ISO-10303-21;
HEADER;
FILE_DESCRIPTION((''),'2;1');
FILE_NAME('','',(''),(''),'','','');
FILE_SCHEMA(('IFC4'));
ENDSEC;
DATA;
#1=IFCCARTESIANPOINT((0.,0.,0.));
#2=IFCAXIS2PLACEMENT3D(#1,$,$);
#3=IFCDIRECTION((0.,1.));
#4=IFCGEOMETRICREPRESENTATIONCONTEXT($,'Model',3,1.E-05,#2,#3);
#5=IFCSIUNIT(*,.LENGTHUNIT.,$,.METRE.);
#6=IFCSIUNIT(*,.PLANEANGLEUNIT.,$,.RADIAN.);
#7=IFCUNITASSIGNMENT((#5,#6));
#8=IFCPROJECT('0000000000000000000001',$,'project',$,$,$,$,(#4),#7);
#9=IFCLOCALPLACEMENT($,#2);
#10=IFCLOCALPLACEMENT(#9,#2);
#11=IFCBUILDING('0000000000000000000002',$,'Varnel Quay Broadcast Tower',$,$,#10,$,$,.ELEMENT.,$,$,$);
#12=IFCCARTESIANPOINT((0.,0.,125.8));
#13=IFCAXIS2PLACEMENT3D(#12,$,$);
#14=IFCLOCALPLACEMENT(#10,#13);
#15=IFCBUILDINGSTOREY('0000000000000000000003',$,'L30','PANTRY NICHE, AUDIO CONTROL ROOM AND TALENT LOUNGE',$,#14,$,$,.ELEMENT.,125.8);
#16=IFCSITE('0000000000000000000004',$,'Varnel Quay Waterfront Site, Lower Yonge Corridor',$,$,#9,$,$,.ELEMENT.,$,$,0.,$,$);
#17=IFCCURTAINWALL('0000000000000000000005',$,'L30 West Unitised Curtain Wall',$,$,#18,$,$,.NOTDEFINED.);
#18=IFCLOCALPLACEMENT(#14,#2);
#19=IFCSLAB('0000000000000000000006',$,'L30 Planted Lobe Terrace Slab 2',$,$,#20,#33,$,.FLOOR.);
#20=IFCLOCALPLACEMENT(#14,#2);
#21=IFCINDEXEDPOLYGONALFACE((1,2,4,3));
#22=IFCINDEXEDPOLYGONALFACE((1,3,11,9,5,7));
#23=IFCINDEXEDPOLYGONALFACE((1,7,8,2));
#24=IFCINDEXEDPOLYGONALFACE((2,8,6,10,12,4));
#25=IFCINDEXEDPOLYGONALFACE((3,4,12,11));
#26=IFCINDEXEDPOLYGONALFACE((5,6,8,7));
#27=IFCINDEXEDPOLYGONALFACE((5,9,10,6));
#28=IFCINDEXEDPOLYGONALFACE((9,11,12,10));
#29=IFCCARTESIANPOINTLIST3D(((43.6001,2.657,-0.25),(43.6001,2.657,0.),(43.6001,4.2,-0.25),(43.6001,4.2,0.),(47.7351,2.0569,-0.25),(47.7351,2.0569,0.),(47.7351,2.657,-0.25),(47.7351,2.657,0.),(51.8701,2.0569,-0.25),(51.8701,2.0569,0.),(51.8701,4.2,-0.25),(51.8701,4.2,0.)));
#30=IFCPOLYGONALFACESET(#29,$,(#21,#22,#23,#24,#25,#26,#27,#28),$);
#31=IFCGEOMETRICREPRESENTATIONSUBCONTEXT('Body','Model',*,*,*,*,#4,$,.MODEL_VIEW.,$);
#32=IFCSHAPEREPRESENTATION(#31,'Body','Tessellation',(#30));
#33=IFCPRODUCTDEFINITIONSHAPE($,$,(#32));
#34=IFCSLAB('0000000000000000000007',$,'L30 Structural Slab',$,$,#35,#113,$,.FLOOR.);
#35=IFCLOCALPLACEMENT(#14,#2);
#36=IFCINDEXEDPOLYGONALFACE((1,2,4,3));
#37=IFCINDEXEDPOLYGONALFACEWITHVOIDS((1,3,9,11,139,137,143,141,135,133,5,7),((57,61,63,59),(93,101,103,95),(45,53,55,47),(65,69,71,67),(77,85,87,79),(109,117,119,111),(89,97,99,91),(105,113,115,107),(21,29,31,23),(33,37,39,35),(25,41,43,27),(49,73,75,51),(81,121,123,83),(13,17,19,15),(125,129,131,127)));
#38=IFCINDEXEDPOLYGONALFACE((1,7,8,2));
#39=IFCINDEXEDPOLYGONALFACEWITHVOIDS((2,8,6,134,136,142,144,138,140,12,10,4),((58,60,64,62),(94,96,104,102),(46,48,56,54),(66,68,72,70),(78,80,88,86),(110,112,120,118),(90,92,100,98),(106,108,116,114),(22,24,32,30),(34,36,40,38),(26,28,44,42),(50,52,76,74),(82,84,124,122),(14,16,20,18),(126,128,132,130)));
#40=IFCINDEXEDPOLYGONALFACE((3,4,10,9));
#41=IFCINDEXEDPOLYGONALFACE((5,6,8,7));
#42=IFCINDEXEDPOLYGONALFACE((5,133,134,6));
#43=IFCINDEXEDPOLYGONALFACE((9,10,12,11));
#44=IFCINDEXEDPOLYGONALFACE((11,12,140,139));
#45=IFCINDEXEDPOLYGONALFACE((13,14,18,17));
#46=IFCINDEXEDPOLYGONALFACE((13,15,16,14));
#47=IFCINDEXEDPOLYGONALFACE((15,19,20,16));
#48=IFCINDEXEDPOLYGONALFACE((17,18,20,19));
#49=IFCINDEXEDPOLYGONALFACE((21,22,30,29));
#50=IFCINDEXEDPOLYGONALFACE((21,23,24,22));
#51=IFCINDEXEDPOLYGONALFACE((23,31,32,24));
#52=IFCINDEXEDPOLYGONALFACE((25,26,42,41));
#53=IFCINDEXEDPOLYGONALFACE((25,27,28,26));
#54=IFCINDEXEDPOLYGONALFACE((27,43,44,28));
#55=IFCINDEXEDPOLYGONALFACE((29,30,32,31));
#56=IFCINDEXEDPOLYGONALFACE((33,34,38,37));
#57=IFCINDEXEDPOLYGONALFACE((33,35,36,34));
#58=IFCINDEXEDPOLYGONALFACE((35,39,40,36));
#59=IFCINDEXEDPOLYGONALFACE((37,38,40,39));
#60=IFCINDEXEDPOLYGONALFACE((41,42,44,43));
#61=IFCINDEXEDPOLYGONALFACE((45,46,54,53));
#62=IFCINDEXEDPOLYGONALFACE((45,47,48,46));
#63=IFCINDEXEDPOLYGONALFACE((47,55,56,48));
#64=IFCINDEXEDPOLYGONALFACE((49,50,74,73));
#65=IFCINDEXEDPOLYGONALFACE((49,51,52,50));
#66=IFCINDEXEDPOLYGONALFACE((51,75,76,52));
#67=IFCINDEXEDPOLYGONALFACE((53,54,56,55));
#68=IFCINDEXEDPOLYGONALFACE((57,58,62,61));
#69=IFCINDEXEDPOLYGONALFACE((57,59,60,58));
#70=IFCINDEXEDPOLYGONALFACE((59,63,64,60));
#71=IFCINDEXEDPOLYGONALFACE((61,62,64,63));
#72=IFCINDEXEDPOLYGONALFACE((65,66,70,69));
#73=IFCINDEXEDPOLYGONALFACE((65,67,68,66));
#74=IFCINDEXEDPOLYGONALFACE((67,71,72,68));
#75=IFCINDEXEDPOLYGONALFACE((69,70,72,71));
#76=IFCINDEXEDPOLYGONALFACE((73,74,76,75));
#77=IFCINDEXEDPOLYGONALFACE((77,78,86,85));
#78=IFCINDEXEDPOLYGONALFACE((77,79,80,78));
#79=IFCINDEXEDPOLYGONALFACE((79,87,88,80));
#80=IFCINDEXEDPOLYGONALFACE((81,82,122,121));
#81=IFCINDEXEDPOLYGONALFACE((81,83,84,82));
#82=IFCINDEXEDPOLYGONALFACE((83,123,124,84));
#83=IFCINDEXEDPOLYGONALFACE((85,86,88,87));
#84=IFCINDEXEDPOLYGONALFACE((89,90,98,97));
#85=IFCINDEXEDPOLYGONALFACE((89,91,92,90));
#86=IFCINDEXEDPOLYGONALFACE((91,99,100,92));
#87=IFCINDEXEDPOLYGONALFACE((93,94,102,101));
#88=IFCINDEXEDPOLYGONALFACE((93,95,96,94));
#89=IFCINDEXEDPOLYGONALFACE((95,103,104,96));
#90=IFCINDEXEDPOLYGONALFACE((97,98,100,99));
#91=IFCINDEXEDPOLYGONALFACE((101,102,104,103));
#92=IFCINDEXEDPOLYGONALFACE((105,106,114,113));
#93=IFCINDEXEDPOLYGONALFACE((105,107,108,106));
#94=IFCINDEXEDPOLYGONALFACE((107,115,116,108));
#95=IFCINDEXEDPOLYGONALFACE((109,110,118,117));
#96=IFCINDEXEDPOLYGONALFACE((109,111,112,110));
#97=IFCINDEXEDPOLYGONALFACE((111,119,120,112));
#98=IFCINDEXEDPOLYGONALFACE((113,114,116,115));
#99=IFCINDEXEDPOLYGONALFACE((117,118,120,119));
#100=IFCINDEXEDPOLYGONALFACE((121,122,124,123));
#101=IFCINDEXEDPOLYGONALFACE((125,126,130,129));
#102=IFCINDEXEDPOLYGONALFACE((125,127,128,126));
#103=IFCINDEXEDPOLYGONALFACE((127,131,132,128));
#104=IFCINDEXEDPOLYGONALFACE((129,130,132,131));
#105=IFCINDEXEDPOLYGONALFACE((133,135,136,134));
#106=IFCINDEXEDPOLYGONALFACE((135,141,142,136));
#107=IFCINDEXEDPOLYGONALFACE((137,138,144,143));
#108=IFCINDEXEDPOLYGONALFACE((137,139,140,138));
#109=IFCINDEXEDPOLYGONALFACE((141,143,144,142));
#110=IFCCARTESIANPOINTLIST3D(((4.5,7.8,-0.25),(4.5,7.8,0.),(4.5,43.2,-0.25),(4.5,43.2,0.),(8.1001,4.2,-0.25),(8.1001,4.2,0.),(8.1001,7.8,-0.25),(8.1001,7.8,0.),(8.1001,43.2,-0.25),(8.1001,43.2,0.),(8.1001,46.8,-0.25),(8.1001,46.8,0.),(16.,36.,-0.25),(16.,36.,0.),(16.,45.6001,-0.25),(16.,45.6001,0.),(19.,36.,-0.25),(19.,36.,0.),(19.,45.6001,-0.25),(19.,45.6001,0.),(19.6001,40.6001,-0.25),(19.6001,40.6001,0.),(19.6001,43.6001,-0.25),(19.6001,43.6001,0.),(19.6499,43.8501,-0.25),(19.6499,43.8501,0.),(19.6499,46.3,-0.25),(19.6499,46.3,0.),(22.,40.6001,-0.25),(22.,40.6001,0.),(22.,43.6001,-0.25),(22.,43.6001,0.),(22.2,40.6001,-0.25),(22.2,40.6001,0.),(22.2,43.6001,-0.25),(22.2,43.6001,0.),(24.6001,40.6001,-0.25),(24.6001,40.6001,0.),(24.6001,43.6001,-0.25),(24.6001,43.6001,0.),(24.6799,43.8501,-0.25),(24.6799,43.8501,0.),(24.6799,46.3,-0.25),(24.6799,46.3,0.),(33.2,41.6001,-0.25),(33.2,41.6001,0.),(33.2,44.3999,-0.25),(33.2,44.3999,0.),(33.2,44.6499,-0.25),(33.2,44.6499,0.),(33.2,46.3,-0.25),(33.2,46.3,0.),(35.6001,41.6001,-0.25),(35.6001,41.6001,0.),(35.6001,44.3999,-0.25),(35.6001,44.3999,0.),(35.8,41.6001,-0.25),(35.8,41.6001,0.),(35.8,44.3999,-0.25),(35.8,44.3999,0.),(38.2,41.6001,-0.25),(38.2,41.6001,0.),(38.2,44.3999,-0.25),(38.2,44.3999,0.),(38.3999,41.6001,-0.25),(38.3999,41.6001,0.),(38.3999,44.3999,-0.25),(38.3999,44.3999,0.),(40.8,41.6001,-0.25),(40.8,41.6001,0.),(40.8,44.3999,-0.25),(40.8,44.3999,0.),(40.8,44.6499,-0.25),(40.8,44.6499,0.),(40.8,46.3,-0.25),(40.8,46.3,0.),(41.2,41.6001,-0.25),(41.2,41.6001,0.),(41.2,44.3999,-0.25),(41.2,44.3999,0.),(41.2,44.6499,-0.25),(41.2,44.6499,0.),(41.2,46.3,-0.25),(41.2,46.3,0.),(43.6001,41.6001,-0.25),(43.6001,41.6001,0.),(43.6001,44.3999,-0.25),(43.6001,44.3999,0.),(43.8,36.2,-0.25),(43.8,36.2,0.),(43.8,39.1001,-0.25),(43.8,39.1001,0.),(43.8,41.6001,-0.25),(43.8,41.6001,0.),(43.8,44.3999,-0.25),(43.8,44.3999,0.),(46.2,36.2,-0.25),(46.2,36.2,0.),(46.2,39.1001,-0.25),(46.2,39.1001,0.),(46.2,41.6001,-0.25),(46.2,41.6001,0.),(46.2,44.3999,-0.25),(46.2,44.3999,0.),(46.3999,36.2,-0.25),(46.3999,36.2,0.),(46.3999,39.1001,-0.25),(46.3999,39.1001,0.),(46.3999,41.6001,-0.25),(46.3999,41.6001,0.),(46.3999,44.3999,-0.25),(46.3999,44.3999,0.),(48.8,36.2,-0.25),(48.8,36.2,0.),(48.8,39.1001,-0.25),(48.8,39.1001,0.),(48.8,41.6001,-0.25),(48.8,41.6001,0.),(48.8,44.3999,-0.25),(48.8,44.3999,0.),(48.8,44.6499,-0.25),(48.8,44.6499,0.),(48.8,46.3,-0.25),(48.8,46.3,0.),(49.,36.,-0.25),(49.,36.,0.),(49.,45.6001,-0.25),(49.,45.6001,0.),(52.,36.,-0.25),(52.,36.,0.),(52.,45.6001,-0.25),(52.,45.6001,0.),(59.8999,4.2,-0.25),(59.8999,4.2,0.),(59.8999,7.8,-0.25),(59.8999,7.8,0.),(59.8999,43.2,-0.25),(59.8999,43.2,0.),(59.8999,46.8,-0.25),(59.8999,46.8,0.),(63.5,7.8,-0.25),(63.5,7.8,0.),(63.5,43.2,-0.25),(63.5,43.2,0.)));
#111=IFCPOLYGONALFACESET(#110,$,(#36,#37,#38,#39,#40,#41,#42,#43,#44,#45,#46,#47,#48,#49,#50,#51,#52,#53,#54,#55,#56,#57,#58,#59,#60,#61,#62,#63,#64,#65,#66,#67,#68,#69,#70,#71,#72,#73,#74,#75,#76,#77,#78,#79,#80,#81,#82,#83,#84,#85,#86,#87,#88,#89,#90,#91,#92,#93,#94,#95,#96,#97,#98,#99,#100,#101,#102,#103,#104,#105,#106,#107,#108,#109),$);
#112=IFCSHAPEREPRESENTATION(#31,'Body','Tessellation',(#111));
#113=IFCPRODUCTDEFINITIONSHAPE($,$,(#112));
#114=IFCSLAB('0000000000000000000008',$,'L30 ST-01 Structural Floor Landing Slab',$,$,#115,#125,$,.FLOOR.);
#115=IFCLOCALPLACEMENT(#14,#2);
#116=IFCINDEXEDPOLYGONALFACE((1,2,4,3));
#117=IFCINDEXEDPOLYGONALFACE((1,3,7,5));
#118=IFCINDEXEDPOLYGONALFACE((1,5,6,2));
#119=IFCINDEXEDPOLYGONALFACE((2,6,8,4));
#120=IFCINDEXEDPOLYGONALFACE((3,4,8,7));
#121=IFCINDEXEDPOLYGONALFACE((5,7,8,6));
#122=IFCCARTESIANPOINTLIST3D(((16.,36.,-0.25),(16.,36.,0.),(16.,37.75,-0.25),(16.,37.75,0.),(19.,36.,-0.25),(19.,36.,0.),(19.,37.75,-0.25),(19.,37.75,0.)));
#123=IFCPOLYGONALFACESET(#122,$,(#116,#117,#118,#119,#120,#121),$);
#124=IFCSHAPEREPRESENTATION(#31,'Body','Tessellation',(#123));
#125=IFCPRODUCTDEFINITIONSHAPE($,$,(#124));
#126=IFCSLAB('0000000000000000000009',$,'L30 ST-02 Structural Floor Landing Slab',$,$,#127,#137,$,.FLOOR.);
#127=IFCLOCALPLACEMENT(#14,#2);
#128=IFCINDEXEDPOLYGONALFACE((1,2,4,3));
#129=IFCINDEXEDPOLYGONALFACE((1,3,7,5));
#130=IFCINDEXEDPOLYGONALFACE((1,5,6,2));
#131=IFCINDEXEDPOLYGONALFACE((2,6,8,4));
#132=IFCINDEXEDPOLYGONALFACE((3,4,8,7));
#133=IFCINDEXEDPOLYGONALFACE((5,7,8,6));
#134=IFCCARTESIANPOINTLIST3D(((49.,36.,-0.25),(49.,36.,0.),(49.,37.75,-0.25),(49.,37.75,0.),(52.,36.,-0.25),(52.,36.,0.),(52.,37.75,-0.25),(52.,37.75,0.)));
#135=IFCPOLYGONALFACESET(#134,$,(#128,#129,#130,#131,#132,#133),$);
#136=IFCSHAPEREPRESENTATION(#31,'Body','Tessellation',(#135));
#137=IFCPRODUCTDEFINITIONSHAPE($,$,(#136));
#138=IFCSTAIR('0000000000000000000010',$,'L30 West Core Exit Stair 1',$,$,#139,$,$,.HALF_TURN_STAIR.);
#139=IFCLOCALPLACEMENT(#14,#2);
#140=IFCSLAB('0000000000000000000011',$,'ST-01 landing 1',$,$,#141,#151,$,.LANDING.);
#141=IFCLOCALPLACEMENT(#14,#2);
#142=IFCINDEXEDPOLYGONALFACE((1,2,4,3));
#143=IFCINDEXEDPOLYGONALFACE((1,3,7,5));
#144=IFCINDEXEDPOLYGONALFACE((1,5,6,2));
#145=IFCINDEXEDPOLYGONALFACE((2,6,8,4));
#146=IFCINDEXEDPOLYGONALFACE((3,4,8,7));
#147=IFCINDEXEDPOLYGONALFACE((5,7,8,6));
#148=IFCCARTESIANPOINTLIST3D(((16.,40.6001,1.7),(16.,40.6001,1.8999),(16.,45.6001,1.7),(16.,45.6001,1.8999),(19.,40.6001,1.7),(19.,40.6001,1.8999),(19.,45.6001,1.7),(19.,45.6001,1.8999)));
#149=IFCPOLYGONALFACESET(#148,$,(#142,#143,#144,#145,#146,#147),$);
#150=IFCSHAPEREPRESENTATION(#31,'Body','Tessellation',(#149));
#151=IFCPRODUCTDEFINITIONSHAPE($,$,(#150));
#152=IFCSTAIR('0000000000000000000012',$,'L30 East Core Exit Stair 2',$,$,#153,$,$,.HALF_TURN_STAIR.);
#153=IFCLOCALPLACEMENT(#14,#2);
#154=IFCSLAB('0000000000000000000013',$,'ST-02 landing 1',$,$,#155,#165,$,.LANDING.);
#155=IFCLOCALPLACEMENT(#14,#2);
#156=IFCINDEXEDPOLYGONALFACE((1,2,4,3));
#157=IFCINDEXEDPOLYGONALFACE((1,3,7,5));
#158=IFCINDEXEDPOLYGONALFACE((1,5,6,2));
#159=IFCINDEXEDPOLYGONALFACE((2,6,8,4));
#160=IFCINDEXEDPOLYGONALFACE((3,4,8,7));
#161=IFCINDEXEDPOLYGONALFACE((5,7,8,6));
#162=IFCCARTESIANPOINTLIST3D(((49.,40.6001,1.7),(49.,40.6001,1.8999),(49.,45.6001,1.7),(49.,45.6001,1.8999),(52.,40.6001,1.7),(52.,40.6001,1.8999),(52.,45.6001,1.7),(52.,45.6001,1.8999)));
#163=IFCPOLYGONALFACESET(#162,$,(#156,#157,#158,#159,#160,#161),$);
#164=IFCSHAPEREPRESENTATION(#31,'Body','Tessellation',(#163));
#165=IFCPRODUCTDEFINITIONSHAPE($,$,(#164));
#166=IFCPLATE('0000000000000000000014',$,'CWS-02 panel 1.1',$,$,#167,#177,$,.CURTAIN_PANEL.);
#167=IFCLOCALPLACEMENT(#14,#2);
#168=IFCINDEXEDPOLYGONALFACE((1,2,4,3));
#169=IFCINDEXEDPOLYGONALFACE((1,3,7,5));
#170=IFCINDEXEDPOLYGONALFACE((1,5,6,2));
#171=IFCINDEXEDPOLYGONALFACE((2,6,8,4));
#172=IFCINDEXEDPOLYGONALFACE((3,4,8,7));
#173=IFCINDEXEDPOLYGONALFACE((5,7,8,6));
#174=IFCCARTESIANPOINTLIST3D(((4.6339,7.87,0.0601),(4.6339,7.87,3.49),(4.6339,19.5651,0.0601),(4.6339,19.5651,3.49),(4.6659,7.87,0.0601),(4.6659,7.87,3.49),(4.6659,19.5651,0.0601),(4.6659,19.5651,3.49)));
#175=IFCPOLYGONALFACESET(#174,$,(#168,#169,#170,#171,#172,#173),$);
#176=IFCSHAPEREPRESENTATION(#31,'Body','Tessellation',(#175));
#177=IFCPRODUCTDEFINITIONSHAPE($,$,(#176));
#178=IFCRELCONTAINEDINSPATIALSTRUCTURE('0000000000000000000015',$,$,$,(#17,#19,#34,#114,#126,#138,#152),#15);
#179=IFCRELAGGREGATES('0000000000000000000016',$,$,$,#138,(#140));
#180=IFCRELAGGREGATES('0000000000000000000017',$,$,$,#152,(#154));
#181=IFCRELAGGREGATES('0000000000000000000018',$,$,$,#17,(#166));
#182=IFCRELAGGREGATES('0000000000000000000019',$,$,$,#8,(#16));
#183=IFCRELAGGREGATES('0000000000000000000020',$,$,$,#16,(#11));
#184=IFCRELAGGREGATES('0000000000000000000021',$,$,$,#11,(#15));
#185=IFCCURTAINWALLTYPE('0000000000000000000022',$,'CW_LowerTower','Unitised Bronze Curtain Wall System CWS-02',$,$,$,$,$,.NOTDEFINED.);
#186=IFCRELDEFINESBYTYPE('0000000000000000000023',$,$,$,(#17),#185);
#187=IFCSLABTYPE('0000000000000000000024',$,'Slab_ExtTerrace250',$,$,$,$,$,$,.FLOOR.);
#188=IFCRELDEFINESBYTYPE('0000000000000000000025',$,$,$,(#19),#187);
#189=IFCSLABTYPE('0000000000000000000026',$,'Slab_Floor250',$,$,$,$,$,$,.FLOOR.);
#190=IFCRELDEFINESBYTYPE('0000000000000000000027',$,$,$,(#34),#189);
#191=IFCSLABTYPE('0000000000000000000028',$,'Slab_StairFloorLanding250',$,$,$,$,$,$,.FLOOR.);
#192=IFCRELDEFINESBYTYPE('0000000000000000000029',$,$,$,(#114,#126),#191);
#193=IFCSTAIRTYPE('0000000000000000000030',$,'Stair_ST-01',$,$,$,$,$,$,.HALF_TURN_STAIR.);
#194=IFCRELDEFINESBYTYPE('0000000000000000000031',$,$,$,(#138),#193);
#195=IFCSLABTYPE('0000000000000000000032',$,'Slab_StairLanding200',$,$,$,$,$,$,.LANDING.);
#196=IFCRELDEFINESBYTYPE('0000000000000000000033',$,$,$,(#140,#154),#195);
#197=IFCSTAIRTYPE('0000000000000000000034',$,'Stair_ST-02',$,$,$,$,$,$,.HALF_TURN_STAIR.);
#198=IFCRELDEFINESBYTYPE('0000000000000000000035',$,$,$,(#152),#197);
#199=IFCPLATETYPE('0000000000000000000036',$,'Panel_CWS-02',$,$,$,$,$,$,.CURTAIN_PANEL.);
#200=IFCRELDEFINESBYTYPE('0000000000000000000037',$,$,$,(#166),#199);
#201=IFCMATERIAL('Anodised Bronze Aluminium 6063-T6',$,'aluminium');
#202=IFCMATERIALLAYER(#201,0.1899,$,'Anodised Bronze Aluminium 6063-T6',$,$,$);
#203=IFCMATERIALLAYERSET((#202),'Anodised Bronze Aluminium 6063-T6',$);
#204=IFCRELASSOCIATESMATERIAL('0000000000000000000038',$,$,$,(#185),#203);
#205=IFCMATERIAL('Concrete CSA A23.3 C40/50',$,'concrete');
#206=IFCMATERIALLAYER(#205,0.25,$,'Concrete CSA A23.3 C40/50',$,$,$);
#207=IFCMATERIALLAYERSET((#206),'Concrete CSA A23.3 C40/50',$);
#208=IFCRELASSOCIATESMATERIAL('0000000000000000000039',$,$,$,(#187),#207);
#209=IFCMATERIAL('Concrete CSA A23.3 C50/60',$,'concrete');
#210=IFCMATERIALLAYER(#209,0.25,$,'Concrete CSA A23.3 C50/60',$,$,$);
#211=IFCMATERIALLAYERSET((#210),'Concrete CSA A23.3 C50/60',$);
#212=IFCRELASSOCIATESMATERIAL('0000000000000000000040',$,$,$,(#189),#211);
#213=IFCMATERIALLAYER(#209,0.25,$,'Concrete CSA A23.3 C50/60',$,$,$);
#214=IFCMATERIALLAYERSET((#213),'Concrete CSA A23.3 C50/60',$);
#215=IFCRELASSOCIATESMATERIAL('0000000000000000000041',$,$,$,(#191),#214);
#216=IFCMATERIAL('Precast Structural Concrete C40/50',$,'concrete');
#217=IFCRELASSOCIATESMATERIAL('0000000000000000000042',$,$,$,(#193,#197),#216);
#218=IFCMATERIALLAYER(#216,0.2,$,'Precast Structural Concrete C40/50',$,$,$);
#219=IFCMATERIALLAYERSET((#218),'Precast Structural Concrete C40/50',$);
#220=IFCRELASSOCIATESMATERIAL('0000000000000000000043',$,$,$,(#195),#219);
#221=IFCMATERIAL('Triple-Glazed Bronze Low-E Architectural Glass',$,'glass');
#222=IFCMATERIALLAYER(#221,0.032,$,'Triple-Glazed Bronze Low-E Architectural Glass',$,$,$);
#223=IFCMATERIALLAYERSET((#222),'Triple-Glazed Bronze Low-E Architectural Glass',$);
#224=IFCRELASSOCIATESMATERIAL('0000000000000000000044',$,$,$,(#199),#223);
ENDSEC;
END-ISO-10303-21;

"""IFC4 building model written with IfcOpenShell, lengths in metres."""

from ifc_helpers import new_model, si_unit, direction, frame, origin, origin_2d, place, context, subcontext, project, spatial, polyline, rectangle, outline, extrude, source, transform, mapped, material, layer, layer_set, type_object, type_shapes, element, aggregate, save


model = new_model("IFC4")

# Units and contexts
model_context = context("Model", 3, precision=1e-05, world=origin(), true_north=direction((0.0, 1.0)))
body_context = subcontext(model_context, "Body", "Model", "MODEL_VIEW")
ifc_project = project(units=[si_unit("LENGTHUNIT", "METRE"), si_unit("PLANEANGLEUNIT", "RADIAN")], contexts=[model_context])

# Site, building, storey
site_placement = place(None, origin())
site = spatial("IfcSite", under=ifc_project, at=site_placement, Name="Varnel Quay Waterfront Site, Lower Yonge Corridor", CompositionType="ELEMENT", RefElevation=0.0)
building_placement = place(site_placement, origin())
building = spatial("IfcBuilding", under=site, at=building_placement, Name="Varnel Quay Broadcast Tower", CompositionType="ELEMENT")
storey_placement = place(building_placement, frame((0.0, 0.0, 125.8)))
storey = spatial("IfcBuildingStorey", under=building, at=storey_placement, Name="L30", Description="PANTRY NICHE, AUDIO CONTROL ROOM AND TALENT LOUNGE", CompositionType="ELEMENT", Elevation=125.8)

# Curtain wall
ifc_material_1 = material(Name="Anodised Bronze Aluminium 6063-T6", Category="aluminium")
ifc_layer_1 = layer(ifc_material_1, 0.1899, Name="Anodised Bronze Aluminium 6063-T6")
ifc_layer_set_1 = layer_set([ifc_layer_1], Name="Anodised Bronze Aluminium 6063-T6")
curtain_wall_type_1 = type_object("IfcCurtainWallType", Name="CW_LowerTower", Description="Unitised Bronze Curtain Wall System CWS-02", PredefinedType="NOTDEFINED", material=ifc_layer_set_1)
curtain_wall_1_placement = place(storey_placement, origin())
curtain_wall_1 = element("IfcCurtainWall", 1, at=curtain_wall_1_placement, inside=storey, type_object=curtain_wall_type_1, Name="L30 West Unitised Curtain Wall", PredefinedType="NOTDEFINED")

# Slabs
ifc_material_2 = material(Name="Concrete CSA A23.3 C40/50", Category="concrete")
ifc_layer_2 = layer(ifc_material_2, 0.25, Name="Concrete CSA A23.3 C40/50")
ifc_layer_set_2 = layer_set([ifc_layer_2], Name="Concrete CSA A23.3 C40/50")
slab_type_1 = type_object("IfcSlabType", Name="Slab_ExtTerrace250", PredefinedType="FLOOR", material=ifc_layer_set_2)
slab_1_placement = place(storey_placement, frame((0.0, 0.0, -0.25)))
element("IfcSlab", 2, at=slab_1_placement, inside=storey, type_object=slab_type_1, Name="L30 Planted Lobe Terrace Slab 2", PredefinedType="FLOOR", context=body_context, shape_type="SweptSolid", body=[
    extrude(outline(polyline([(43.6001, 2.657), (47.7351, 2.657), (47.7351, 2.0569), (51.8701, 2.0569), (51.8701, 4.2), (43.6001, 4.2), (43.6001, 2.657)])), origin(), (0.0, 0.0, 1.0), 0.25),
])
ifc_material_3 = material(Name="Concrete CSA A23.3 C50/60", Category="concrete")
ifc_layer_3 = layer(ifc_material_3, 0.25, Name="Concrete CSA A23.3 C50/60")
ifc_layer_set_3 = layer_set([ifc_layer_3], Name="Concrete CSA A23.3 C50/60")
slab_type_2 = type_object("IfcSlabType", Name="Slab_Floor250", PredefinedType="FLOOR", material=ifc_layer_set_3)
slab_2_placement = place(storey_placement, frame((0.0, 0.0, -0.25)))
element("IfcSlab", 3, at=slab_2_placement, inside=storey, type_object=slab_type_2, Name="L30 Structural Slab", PredefinedType="FLOOR", context=body_context, shape_type="SweptSolid", body=[
    extrude(outline(polyline([(8.1001, 4.2), (59.8999, 4.2), (59.8999, 7.8), (63.5, 7.8), (63.5, 43.2), (59.8999, 43.2), (59.8999, 46.8), (8.1001, 46.8), (8.1001, 43.2), (4.5, 43.2), (4.5, 7.8), (8.1001, 7.8), (8.1001, 4.2)]), holes=[polyline([(19.0, 36.0), (16.0, 36.0), (16.0, 45.6001), (19.0, 45.6001), (19.0, 36.0)]), polyline([(19.6001, 43.6001), (22.0, 43.6001), (22.0, 40.6001), (19.6001, 40.6001), (19.6001, 43.6001)]), polyline([(22.2, 43.6001), (24.6001, 43.6001), (24.6001, 40.6001), (22.2, 40.6001), (22.2, 43.6001)]), polyline([(33.2, 44.3999), (35.6001, 44.3999), (35.6001, 41.6001), (33.2, 41.6001), (33.2, 44.3999)]), polyline([(35.8, 44.3999), (38.2, 44.3999), (38.2, 41.6001), (35.8, 41.6001), (35.8, 44.3999)]), polyline([(38.3999, 44.3999), (40.8, 44.3999), (40.8, 41.6001), (38.3999, 41.6001), (38.3999, 44.3999)]), polyline([(19.6499, 46.3), (24.6799, 46.3), (24.6799, 43.8501), (19.6499, 43.8501), (19.6499, 46.3)]), polyline([(33.2, 46.3), (40.8, 46.3), (40.8, 44.6499), (33.2, 44.6499), (33.2, 46.3)]), polyline([(43.8, 39.1001), (46.2, 39.1001), (46.2, 36.2), (43.8, 36.2), (43.8, 39.1001)]), polyline([(46.3999, 39.1001), (48.8, 39.1001), (48.8, 36.2), (46.3999, 36.2), (46.3999, 39.1001)]), polyline([(49.0, 36.0), (49.0, 45.6001), (52.0, 45.6001), (52.0, 36.0), (49.0, 36.0)]), polyline([(41.2, 44.3999), (43.6001, 44.3999), (43.6001, 41.6001), (41.2, 41.6001), (41.2, 44.3999)]), polyline([(43.8, 44.3999), (46.2, 44.3999), (46.2, 41.6001), (43.8, 41.6001), (43.8, 44.3999)]), polyline([(46.3999, 44.3999), (48.8, 44.3999), (48.8, 41.6001), (46.3999, 41.6001), (46.3999, 44.3999)]), polyline([(41.2, 46.3), (48.8, 46.3), (48.8, 44.6499), (41.2, 44.6499), (41.2, 46.3)])]), origin(), (0.0, 0.0, 1.0), 0.25),
])
ifc_layer_4 = layer(ifc_material_3, 0.25, Name="Concrete CSA A23.3 C50/60")
ifc_layer_set_4 = layer_set([ifc_layer_4], Name="Concrete CSA A23.3 C50/60")
slab_type_3 = type_object("IfcSlabType", Name="Slab_StairFloorLanding250", PredefinedType="FLOOR", material=ifc_layer_set_4)
slab_3_placement = place(storey_placement, frame((0.0, 0.0, -0.25)))
element("IfcSlab", 4, at=slab_3_placement, inside=storey, type_object=slab_type_3, Name="L30 ST-01 Structural Floor Landing Slab", PredefinedType="FLOOR", context=body_context, shape_type="SweptSolid", body=[
    extrude(outline(polyline([(19.0, 36.0), (19.0, 37.75), (16.0, 37.75), (16.0, 36.0), (19.0, 36.0)])), origin(), (0.0, 0.0, 1.0), 0.25),
])
slab_4_placement = place(storey_placement, frame((0.0, 0.0, -0.25)))
element("IfcSlab", 5, at=slab_4_placement, inside=storey, type_object=slab_type_3, Name="L30 ST-02 Structural Floor Landing Slab", PredefinedType="FLOOR", context=body_context, shape_type="SweptSolid", body=[
    extrude(outline(polyline([(52.0, 36.0), (52.0, 37.75), (49.0, 37.75), (49.0, 36.0), (52.0, 36.0)])), origin(), (0.0, 0.0, 1.0), 0.25),
])

# Stairs, slabs
ifc_material_4 = material(Name="Precast Structural Concrete C40/50", Category="concrete")
stair_type_1 = type_object("IfcStairType", Name="Stair_ST-01", PredefinedType="HALF_TURN_STAIR", material=ifc_material_4)
stair_1_placement = place(storey_placement, origin())
stair_1 = element("IfcStair", 6, at=stair_1_placement, inside=storey, type_object=stair_type_1, Name="L30 West Core Exit Stair 1", PredefinedType="HALF_TURN_STAIR")
ifc_layer_5 = layer(ifc_material_4, 0.2, Name="Precast Structural Concrete C40/50")
ifc_layer_set_5 = layer_set([ifc_layer_5], Name="Precast Structural Concrete C40/50")
slab_type_4 = type_object("IfcSlabType", Name="Slab_StairLanding200", PredefinedType="LANDING", material=ifc_layer_set_5)
slab_5_placement = place(storey_placement, frame((0.0, 0.0, 1.7)))
slab_5 = element("IfcSlab", 7, at=slab_5_placement, type_object=slab_type_4, Name="ST-01 landing 1", PredefinedType="LANDING", context=body_context, shape_type="SweptSolid", body=[
    extrude(outline(polyline([(19.0, 40.6001), (19.0, 45.6001), (16.0, 45.6001), (16.0, 40.6001), (19.0, 40.6001)])), origin(), (0.0, 0.0, 1.0), 0.2),
])
aggregate(stair_1, [slab_5])
stair_type_2 = type_object("IfcStairType", Name="Stair_ST-02", PredefinedType="HALF_TURN_STAIR", material=ifc_material_4)
stair_2_placement = place(storey_placement, origin())
stair_2 = element("IfcStair", 8, at=stair_2_placement, inside=storey, type_object=stair_type_2, Name="L30 East Core Exit Stair 2", PredefinedType="HALF_TURN_STAIR")
slab_6_placement = place(storey_placement, frame((0.0, 0.0, 1.7)))
slab_6 = element("IfcSlab", 9, at=slab_6_placement, type_object=slab_type_4, Name="ST-02 landing 1", PredefinedType="LANDING", context=body_context, shape_type="SweptSolid", body=[
    extrude(outline(polyline([(52.0, 40.6001), (52.0, 45.6001), (49.0, 45.6001), (49.0, 40.6001), (52.0, 40.6001)])), origin(), (0.0, 0.0, 1.0), 0.2),
])
aggregate(stair_2, [slab_6])

# Plate
ifc_material_5 = material(Name="Triple-Glazed Bronze Low-E Architectural Glass", Category="glass")
ifc_layer_6 = layer(ifc_material_5, 0.032, Name="Triple-Glazed Bronze Low-E Architectural Glass")
ifc_layer_set_6 = layer_set([ifc_layer_6], Name="Triple-Glazed Bronze Low-E Architectural Glass")
plate_type = type_object("IfcPlateType", Name="Panel_CWS-02", PredefinedType="CURTAIN_PANEL", material=ifc_layer_set_6)
shared_shape_1 = source(origin(), body_context, "Body", "SweptSolid", [
    extrude(rectangle(XDim=11.6951, YDim=0.032, at=origin_2d()), origin(), (0.0, 0.0, 1.0), 3.4299),
])
type_shapes(plate_type, [shared_shape_1])
plate_placement = place(storey_placement, frame((4.6499, 13.7175, 0.0601), z_axis=(0.0, 0.0, 1.0), x_axis=(0.0, 1.0, 0.0)))
plate = element("IfcPlate", 10, at=plate_placement, type_object=plate_type, Name="CWS-02 panel 1.1", PredefinedType="CURTAIN_PANEL", context=body_context, shape_type="MappedRepresentation", body=[
    mapped(shared_shape_1, transform((0.0, 0.0, 0.0), x_axis=(1.0, 0.0, 0.0), y_axis=(0.0, 1.0, 0.0), z_axis=(0.0, 0.0, 1.0), scale=1.0)),
])
aggregate(curtain_wall_1, [plate])

save(model, "model.ifc")
